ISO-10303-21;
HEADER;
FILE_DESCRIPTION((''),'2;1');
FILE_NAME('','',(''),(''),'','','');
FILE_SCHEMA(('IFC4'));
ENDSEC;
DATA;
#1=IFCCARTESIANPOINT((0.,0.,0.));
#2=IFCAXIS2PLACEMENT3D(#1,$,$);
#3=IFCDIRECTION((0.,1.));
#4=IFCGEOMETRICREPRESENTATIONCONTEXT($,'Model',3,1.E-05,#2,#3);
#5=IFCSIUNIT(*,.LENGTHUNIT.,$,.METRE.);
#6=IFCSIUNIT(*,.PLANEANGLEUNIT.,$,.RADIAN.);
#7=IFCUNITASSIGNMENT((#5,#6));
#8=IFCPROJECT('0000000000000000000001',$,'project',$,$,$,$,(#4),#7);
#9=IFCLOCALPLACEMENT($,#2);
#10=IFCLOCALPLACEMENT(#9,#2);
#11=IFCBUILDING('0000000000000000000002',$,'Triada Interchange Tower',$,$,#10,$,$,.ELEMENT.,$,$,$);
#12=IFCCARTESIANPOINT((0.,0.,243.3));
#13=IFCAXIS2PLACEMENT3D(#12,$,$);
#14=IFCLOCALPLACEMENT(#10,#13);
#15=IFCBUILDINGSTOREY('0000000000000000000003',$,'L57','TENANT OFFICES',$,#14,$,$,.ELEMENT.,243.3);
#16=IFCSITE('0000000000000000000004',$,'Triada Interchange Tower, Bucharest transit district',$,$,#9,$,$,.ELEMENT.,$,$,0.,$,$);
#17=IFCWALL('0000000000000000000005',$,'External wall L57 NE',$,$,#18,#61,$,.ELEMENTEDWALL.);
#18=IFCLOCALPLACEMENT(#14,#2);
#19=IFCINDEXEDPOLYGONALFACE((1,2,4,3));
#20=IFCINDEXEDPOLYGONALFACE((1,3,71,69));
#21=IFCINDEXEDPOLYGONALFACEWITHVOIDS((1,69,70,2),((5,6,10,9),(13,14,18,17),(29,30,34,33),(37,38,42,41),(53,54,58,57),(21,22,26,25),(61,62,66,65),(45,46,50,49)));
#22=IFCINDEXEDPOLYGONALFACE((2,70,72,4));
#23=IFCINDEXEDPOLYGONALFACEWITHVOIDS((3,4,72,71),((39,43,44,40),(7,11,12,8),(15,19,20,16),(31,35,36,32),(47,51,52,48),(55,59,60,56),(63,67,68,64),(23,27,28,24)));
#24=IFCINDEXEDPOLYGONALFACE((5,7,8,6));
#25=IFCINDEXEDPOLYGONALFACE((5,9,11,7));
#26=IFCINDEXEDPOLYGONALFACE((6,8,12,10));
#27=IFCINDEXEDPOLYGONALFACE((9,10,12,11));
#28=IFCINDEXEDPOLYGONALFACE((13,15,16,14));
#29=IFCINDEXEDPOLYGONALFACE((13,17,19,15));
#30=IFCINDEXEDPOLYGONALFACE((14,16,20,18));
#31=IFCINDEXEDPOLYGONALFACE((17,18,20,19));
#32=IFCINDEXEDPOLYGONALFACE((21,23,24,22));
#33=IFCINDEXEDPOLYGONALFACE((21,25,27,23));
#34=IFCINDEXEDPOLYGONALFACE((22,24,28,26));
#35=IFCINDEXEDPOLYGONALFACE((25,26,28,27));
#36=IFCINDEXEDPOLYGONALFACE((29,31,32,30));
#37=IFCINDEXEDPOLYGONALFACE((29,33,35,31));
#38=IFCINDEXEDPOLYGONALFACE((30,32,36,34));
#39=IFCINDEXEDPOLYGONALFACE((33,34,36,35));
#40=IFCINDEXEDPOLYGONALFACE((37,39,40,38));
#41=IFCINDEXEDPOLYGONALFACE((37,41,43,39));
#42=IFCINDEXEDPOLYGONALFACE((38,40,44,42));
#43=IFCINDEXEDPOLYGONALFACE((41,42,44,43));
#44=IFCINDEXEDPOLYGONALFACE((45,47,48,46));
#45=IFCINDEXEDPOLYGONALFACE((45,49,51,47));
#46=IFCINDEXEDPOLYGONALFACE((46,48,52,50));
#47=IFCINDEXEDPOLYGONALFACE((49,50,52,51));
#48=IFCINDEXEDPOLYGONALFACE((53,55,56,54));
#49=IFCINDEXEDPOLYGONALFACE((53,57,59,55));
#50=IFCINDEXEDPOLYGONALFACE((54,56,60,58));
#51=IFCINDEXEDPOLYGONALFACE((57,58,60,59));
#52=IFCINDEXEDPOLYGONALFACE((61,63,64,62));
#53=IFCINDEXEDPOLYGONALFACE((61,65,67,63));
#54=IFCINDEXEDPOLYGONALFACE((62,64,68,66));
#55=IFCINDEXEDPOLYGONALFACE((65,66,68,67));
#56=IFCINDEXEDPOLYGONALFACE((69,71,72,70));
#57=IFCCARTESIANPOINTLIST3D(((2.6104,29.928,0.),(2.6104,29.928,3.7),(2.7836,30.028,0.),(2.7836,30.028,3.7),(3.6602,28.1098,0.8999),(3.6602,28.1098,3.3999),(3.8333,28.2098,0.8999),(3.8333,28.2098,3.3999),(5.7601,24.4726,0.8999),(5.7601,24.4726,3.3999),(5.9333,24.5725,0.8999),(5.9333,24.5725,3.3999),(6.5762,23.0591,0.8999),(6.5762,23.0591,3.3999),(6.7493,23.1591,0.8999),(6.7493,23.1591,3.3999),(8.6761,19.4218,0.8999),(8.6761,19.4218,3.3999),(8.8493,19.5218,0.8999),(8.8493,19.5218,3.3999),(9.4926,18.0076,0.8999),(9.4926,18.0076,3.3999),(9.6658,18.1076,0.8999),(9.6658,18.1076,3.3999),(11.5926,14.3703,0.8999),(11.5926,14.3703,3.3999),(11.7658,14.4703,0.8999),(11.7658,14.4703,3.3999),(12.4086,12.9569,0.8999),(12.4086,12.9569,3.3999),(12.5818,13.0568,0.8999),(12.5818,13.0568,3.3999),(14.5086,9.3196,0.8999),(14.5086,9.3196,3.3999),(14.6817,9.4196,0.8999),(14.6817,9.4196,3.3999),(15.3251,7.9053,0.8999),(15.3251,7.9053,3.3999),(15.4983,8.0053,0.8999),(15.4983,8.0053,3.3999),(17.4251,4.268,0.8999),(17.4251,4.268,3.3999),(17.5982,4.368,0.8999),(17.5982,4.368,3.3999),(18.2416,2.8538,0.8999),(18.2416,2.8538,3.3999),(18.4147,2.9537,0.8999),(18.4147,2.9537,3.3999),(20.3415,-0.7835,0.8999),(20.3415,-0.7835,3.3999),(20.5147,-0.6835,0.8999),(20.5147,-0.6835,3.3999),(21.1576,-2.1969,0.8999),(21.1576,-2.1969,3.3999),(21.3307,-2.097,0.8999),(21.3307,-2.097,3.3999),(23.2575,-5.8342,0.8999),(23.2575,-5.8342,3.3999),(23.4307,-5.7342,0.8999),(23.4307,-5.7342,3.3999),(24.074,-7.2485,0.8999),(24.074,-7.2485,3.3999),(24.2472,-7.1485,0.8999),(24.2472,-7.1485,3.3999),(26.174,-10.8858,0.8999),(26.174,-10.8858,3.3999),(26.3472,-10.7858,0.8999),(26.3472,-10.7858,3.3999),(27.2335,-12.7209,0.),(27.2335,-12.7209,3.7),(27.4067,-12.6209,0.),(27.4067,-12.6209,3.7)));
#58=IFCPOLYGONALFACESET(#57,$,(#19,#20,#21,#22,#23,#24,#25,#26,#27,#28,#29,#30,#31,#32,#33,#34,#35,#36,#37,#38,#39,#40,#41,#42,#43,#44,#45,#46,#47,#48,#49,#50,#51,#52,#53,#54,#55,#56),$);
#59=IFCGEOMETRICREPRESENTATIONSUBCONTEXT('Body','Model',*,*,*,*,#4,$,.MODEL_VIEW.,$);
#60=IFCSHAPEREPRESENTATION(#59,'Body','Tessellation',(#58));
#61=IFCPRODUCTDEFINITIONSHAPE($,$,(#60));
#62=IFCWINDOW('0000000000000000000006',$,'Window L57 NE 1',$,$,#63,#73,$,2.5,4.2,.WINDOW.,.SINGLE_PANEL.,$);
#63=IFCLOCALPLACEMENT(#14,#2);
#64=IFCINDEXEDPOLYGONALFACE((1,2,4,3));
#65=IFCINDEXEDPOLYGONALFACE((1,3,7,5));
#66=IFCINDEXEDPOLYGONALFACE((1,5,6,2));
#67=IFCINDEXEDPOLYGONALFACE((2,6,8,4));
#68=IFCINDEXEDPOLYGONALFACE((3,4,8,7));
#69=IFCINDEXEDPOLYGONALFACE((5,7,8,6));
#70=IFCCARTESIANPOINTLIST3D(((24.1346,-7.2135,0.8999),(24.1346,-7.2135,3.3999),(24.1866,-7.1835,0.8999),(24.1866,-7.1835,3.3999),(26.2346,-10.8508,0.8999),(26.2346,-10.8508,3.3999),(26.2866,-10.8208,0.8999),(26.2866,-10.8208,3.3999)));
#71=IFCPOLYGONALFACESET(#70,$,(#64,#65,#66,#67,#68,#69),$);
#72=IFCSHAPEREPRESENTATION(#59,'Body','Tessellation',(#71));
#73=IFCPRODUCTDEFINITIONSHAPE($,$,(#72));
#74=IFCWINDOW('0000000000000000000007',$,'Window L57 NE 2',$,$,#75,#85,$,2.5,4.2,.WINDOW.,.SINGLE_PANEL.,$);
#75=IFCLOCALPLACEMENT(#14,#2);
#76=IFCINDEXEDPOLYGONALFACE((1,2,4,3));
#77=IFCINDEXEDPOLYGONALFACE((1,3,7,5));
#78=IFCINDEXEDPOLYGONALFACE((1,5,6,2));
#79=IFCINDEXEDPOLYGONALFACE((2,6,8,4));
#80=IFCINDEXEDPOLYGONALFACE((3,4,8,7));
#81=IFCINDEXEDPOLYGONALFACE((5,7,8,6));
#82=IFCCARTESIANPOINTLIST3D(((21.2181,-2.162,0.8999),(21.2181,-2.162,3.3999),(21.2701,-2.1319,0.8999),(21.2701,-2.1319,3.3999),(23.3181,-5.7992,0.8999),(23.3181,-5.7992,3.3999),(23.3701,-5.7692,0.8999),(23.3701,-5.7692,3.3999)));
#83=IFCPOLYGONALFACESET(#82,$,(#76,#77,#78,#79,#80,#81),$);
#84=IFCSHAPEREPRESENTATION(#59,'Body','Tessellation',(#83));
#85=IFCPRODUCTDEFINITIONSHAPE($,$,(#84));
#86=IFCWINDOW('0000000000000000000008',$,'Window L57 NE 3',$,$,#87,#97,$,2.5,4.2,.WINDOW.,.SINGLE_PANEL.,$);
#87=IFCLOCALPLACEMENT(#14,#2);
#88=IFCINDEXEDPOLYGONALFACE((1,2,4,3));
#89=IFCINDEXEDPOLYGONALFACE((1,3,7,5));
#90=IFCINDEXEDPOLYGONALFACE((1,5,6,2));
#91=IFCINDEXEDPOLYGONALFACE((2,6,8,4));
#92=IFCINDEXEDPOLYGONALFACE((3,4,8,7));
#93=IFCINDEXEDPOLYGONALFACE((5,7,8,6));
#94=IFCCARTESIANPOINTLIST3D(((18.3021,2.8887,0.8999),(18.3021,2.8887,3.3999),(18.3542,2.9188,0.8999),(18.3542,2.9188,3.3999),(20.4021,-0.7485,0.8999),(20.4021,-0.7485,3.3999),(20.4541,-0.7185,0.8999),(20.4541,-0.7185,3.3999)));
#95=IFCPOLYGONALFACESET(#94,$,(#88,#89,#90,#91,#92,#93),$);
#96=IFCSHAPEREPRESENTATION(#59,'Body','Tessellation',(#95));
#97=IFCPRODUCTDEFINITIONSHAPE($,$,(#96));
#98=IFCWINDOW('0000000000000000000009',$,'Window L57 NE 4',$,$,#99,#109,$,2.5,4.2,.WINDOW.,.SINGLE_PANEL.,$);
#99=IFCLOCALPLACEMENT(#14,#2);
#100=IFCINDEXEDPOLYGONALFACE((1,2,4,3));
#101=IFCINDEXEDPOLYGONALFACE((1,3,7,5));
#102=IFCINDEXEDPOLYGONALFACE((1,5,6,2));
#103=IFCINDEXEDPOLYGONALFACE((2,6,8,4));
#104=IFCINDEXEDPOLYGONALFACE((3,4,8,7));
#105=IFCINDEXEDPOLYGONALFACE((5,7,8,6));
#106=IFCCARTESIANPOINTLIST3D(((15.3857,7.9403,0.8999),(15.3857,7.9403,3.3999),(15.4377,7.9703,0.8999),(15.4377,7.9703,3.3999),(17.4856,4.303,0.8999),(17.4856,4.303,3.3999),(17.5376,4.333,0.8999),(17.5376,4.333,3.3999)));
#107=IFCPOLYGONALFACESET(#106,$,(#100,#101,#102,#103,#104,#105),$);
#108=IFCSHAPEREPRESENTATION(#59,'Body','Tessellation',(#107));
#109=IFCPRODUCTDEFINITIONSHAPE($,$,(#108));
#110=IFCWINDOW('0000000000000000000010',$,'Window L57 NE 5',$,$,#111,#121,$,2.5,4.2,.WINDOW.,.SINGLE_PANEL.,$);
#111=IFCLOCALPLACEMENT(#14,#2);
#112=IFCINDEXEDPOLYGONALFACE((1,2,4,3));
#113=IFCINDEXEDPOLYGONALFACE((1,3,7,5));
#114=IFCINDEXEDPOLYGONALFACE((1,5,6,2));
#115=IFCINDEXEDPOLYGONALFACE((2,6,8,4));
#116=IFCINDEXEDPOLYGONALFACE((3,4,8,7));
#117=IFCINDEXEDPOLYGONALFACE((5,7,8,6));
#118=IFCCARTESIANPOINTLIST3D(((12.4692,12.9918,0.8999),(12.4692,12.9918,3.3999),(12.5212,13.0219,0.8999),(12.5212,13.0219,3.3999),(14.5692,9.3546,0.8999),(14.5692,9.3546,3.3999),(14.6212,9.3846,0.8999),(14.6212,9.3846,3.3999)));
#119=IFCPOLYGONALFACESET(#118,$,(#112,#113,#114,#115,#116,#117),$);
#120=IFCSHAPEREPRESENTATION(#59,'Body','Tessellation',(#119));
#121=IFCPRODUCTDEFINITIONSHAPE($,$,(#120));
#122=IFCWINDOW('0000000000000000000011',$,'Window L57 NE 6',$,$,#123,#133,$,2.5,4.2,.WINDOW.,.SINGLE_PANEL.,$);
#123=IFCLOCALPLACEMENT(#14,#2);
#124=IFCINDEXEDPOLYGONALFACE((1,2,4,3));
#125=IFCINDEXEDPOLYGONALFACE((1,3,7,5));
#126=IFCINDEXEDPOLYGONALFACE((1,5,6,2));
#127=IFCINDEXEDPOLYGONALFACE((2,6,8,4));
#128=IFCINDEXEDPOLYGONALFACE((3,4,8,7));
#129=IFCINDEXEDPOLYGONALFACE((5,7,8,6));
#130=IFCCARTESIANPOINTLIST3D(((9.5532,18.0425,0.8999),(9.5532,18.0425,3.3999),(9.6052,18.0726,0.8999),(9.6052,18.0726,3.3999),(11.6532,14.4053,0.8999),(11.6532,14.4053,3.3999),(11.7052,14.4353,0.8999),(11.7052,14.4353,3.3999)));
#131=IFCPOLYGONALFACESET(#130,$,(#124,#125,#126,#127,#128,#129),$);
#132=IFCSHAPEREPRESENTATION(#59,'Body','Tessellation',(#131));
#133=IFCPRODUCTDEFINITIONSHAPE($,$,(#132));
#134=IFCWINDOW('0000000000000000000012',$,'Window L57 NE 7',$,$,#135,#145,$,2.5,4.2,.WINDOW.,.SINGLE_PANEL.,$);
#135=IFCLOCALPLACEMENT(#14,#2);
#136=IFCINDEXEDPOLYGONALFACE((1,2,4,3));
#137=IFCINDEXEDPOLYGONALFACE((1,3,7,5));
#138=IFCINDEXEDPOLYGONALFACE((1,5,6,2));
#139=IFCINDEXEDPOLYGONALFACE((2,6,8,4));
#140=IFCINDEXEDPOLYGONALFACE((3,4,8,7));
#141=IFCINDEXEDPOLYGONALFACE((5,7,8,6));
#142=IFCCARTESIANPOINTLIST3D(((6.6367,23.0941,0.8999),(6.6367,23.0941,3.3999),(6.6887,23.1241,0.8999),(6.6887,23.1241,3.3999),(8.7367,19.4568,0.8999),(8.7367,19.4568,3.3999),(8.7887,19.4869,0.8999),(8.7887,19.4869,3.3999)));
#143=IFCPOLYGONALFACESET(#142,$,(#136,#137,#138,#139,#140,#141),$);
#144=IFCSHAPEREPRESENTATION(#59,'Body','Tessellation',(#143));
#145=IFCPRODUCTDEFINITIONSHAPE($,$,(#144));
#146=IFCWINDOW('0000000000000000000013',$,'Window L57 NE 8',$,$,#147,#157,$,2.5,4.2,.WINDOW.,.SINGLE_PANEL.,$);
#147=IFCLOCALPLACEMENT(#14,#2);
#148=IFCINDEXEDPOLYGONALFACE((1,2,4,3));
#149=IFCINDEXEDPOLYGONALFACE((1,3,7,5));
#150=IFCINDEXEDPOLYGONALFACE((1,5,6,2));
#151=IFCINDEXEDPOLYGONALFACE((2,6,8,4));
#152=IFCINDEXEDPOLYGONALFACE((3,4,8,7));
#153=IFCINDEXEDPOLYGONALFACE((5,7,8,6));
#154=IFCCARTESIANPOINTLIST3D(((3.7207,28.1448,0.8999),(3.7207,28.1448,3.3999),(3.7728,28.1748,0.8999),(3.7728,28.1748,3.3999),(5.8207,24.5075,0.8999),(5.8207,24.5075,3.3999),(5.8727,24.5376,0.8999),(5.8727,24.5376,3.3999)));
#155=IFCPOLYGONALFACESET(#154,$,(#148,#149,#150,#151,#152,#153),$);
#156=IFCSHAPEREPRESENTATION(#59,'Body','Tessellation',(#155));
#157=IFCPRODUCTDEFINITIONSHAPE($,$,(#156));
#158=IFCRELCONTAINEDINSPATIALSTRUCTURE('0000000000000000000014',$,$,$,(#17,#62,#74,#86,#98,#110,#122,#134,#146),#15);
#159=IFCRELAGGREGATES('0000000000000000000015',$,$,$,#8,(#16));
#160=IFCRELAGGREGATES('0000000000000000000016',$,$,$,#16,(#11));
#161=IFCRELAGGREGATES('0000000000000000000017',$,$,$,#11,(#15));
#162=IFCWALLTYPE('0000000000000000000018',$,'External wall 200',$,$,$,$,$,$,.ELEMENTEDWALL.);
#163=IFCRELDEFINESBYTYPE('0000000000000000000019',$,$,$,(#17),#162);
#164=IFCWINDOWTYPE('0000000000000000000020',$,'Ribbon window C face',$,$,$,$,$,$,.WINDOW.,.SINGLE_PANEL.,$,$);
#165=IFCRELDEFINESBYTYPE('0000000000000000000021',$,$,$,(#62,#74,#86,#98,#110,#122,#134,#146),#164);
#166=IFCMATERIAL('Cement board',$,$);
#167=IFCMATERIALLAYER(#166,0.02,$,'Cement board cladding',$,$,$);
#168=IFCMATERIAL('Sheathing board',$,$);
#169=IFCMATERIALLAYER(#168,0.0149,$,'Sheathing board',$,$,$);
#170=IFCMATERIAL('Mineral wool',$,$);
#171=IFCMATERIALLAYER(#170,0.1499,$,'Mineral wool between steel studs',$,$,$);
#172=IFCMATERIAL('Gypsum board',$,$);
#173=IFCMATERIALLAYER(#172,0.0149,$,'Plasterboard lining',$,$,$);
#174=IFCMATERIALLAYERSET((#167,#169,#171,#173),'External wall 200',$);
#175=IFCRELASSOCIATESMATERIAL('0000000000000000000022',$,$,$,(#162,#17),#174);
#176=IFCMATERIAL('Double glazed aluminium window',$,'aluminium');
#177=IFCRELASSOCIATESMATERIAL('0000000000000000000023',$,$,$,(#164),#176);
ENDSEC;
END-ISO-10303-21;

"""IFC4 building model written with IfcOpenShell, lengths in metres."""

from ifc_helpers import new_model, si_unit, direction, frame, frame_2d, origin, place, context, subcontext, project, spatial, rectangle, extrude, material, layer, layer_set, layer_usage, type_object, element, fill, save


model = new_model("IFC4")

# Units and contexts
model_context = context("Model", 3, precision=1e-05, world=origin(), true_north=direction((0.0, 1.0)))
body_context = subcontext(model_context, "Body", "Model", "MODEL_VIEW")
ifc_project = project(units=[si_unit("LENGTHUNIT", "METRE"), si_unit("PLANEANGLEUNIT", "RADIAN")], contexts=[model_context])

# Site, building, storey
site_placement = place(None, origin())
site = spatial("IfcSite", under=ifc_project, at=site_placement, Name="Triada Interchange Tower, Bucharest transit district", CompositionType="ELEMENT", RefElevation=0.0)
building_placement = place(site_placement, origin())
building = spatial("IfcBuilding", under=site, at=building_placement, Name="Triada Interchange Tower", CompositionType="ELEMENT")
storey_placement = place(building_placement, frame((0.0, 0.0, 243.3)))
storey = spatial("IfcBuildingStorey", under=building, at=storey_placement, Name="L57", Description="TENANT OFFICES", CompositionType="ELEMENT", Elevation=243.3)

# Shared definitions
ifc_material_1 = material(Name="Cement board")
ifc_layer_1 = layer(ifc_material_1, 0.02, Name="Cement board cladding")
ifc_material_2 = material(Name="Sheathing board")
ifc_layer_2 = layer(ifc_material_2, 0.0149, Name="Sheathing board")
ifc_material_3 = material(Name="Mineral wool")
ifc_layer_3 = layer(ifc_material_3, 0.1499, Name="Mineral wool between steel studs")
ifc_material_4 = material(Name="Gypsum board")
ifc_layer_4 = layer(ifc_material_4, 0.0149, Name="Plasterboard lining")
ifc_layer_set_1 = layer_set([ifc_layer_1, ifc_layer_2, ifc_layer_3, ifc_layer_4], Name="External wall 200")
ifc_layer_usage = layer_usage(ifc_layer_set_1, "AXIS2", "POSITIVE", -0.1001)
wall_type_1 = type_object("IfcWallType", Name="External wall 200", PredefinedType="ELEMENTEDWALL", material=ifc_layer_set_1)
ifc_material_5 = material(Name="Double glazed aluminium window", Category="aluminium")

# Wall, openings, windows
wall_1_placement = place(storey_placement, frame((27.3201, -12.6709, 0.0), z_axis=(0.0, 0.0, 1.0), x_axis=(-0.499995, 0.866028, 0.0)))
wall_1 = element("IfcWall", 1, at=wall_1_placement, inside=storey, type_object=wall_type_1, material=ifc_layer_usage, Name="External wall L57 NE", PredefinedType="ELEMENTEDWALL", context=body_context, shape_type="SweptSolid", body=[
    extrude(rectangle(XDim=49.2466, YDim=0.2, at=frame_2d((24.6233, 0.0))), origin(), (0.0, 0.0, 1.0), 3.7),
])
opening_1_placement = place(wall_1_placement, frame((2.1189, 0.0, 0.8999)))
opening_1 = element("IfcOpeningElement", 2, at=opening_1_placement, cuts=wall_1, PredefinedType="OPENING", context=body_context, shape_type="SweptSolid", body=[
    extrude(rectangle(XDim=4.2, YDim=2.5, at=frame_2d((2.1001, 1.25))), frame((0.0, 0.1099, 0.0), z_axis=(0.0, -1.0, 0.0), x_axis=(1.0, 0.0, 0.0)), (0.0, 0.0, 1.0), 0.22),
])
opening_2_placement = place(wall_1_placement, frame((7.9519, 0.0, 0.8999)))
opening_2 = element("IfcOpeningElement", 3, at=opening_2_placement, cuts=wall_1, PredefinedType="OPENING", context=body_context, shape_type="SweptSolid", body=[
    extrude(rectangle(XDim=4.2, YDim=2.5, at=frame_2d((2.1001, 1.25))), frame((0.0, 0.1099, 0.0), z_axis=(0.0, -1.0, 0.0), x_axis=(1.0, 0.0, 0.0)), (0.0, 0.0, 1.0), 0.22),
])
opening_3_placement = place(wall_1_placement, frame((13.7839, 0.0, 0.8999)))
opening_3 = element("IfcOpeningElement", 4, at=opening_3_placement, cuts=wall_1, PredefinedType="OPENING", context=body_context, shape_type="SweptSolid", body=[
    extrude(rectangle(XDim=4.2, YDim=2.5, at=frame_2d((2.1001, 1.25))), frame((0.0, 0.1099, 0.0), z_axis=(0.0, -1.0, 0.0), x_axis=(1.0, 0.0, 0.0)), (0.0, 0.0, 1.0), 0.22),
])
opening_4_placement = place(wall_1_placement, frame((19.6169, 0.0, 0.8999)))
opening_4 = element("IfcOpeningElement", 5, at=opening_4_placement, cuts=wall_1, PredefinedType="OPENING", context=body_context, shape_type="SweptSolid", body=[
    extrude(rectangle(XDim=4.2, YDim=2.5, at=frame_2d((2.1001, 1.25))), frame((0.0, 0.1099, 0.0), z_axis=(0.0, -1.0, 0.0), x_axis=(1.0, 0.0, 0.0)), (0.0, 0.0, 1.0), 0.22),
])
opening_5_placement = place(wall_1_placement, frame((25.45, 0.0, 0.8999)))
opening_5 = element("IfcOpeningElement", 6, at=opening_5_placement, cuts=wall_1, PredefinedType="OPENING", context=body_context, shape_type="SweptSolid", body=[
    extrude(rectangle(XDim=4.2, YDim=2.5, at=frame_2d((2.1001, 1.25))), frame((0.0, 0.1099, 0.0), z_axis=(0.0, -1.0, 0.0), x_axis=(1.0, 0.0, 0.0)), (0.0, 0.0, 1.0), 0.22),
])
opening_6_placement = place(wall_1_placement, frame((31.282, 0.0, 0.8999)))
opening_6 = element("IfcOpeningElement", 7, at=opening_6_placement, cuts=wall_1, PredefinedType="OPENING", context=body_context, shape_type="SweptSolid", body=[
    extrude(rectangle(XDim=4.2, YDim=2.5, at=frame_2d((2.1001, 1.25))), frame((0.0, 0.1099, 0.0), z_axis=(0.0, -1.0, 0.0), x_axis=(1.0, 0.0, 0.0)), (0.0, 0.0, 1.0), 0.22),
])
opening_7_placement = place(wall_1_placement, frame((37.115, 0.0, 0.8999)))
opening_7 = element("IfcOpeningElement", 8, at=opening_7_placement, cuts=wall_1, PredefinedType="OPENING", context=body_context, shape_type="SweptSolid", body=[
    extrude(rectangle(XDim=4.2, YDim=2.5, at=frame_2d((2.1001, 1.25))), frame((0.0, 0.1099, 0.0), z_axis=(0.0, -1.0, 0.0), x_axis=(1.0, 0.0, 0.0)), (0.0, 0.0, 1.0), 0.22),
])
opening_8_placement = place(wall_1_placement, frame((42.947, 0.0, 0.8999)))
opening_8 = element("IfcOpeningElement", 9, at=opening_8_placement, cuts=wall_1, PredefinedType="OPENING", context=body_context, shape_type="SweptSolid", body=[
    extrude(rectangle(XDim=4.2, YDim=2.5, at=frame_2d((2.1001, 1.25))), frame((0.0, 0.1099, 0.0), z_axis=(0.0, -1.0, 0.0), x_axis=(1.0, 0.0, 0.0)), (0.0, 0.0, 1.0), 0.22),
])
window_type_1 = type_object("IfcWindowType", Name="Ribbon window C face", PartitioningType="SINGLE_PANEL", PredefinedType="WINDOW", material=ifc_material_5)
window_1_placement = place(opening_1_placement, origin())
window_1 = element("IfcWindow", 10, at=window_1_placement, inside=storey, type_object=window_type_1, Name="Window L57 NE 1", OverallHeight=2.5, OverallWidth=4.2, PartitioningType="SINGLE_PANEL", PredefinedType="WINDOW", context=body_context, shape_type="SweptSolid", body=[
    extrude(rectangle(XDim=4.2, YDim=2.5, at=frame_2d((2.1001, 1.25))), frame((0.0, 0.03, 0.0), z_axis=(0.0, -1.0, 0.0), x_axis=(1.0, 0.0, 0.0)), (0.0, 0.0, 1.0), 0.0601),
])
fill(opening_1, window_1)
window_2_placement = place(opening_2_placement, origin())
window_2 = element("IfcWindow", 11, at=window_2_placement, inside=storey, type_object=window_type_1, Name="Window L57 NE 2", OverallHeight=2.5, OverallWidth=4.2, PartitioningType="SINGLE_PANEL", PredefinedType="WINDOW", context=body_context, shape_type="SweptSolid", body=[
    extrude(rectangle(XDim=4.2, YDim=2.5, at=frame_2d((2.1001, 1.25))), frame((0.0, 0.03, 0.0), z_axis=(0.0, -1.0, 0.0), x_axis=(1.0, 0.0, 0.0)), (0.0, 0.0, 1.0), 0.0601),
])
fill(opening_2, window_2)
window_3_placement = place(opening_3_placement, origin())
window_3 = element("IfcWindow", 12, at=window_3_placement, inside=storey, type_object=window_type_1, Name="Window L57 NE 3", OverallHeight=2.5, OverallWidth=4.2, PartitioningType="SINGLE_PANEL", PredefinedType="WINDOW", context=body_context, shape_type="SweptSolid", body=[
    extrude(rectangle(XDim=4.2, YDim=2.5, at=frame_2d((2.1001, 1.25))), frame((0.0, 0.03, 0.0), z_axis=(0.0, -1.0, 0.0), x_axis=(1.0, 0.0, 0.0)), (0.0, 0.0, 1.0), 0.0601),
])
fill(opening_3, window_3)
window_4_placement = place(opening_4_placement, origin())
window_4 = element("IfcWindow", 13, at=window_4_placement, inside=storey, type_object=window_type_1, Name="Window L57 NE 4", OverallHeight=2.5, OverallWidth=4.2, PartitioningType="SINGLE_PANEL", PredefinedType="WINDOW", context=body_context, shape_type="SweptSolid", body=[
    extrude(rectangle(XDim=4.2, YDim=2.5, at=frame_2d((2.1001, 1.25))), frame((0.0, 0.03, 0.0), z_axis=(0.0, -1.0, 0.0), x_axis=(1.0, 0.0, 0.0)), (0.0, 0.0, 1.0), 0.0601),
])
fill(opening_4, window_4)
window_5_placement = place(opening_5_placement, origin())
window_5 = element("IfcWindow", 14, at=window_5_placement, inside=storey, type_object=window_type_1, Name="Window L57 NE 5", OverallHeight=2.5, OverallWidth=4.2, PartitioningType="SINGLE_PANEL", PredefinedType="WINDOW", context=body_context, shape_type="SweptSolid", body=[
    extrude(rectangle(XDim=4.2, YDim=2.5, at=frame_2d((2.1001, 1.25))), frame((0.0, 0.03, 0.0), z_axis=(0.0, -1.0, 0.0), x_axis=(1.0, 0.0, 0.0)), (0.0, 0.0, 1.0), 0.0601),
])
fill(opening_5, window_5)
window_6_placement = place(opening_6_placement, origin())
window_6 = element("IfcWindow", 15, at=window_6_placement, inside=storey, type_object=window_type_1, Name="Window L57 NE 6", OverallHeight=2.5, OverallWidth=4.2, PartitioningType="SINGLE_PANEL", PredefinedType="WINDOW", context=body_context, shape_type="SweptSolid", body=[
    extrude(rectangle(XDim=4.2, YDim=2.5, at=frame_2d((2.1001, 1.25))), frame((0.0, 0.03, 0.0), z_axis=(0.0, -1.0, 0.0), x_axis=(1.0, 0.0, 0.0)), (0.0, 0.0, 1.0), 0.0601),
])
fill(opening_6, window_6)
window_7_placement = place(opening_7_placement, origin())
window_7 = element("IfcWindow", 16, at=window_7_placement, inside=storey, type_object=window_type_1, Name="Window L57 NE 7", OverallHeight=2.5, OverallWidth=4.2, PartitioningType="SINGLE_PANEL", PredefinedType="WINDOW", context=body_context, shape_type="SweptSolid", body=[
    extrude(rectangle(XDim=4.2, YDim=2.5, at=frame_2d((2.1001, 1.25))), frame((0.0, 0.03, 0.0), z_axis=(0.0, -1.0, 0.0), x_axis=(1.0, 0.0, 0.0)), (0.0, 0.0, 1.0), 0.0601),
])
fill(opening_7, window_7)
window_8_placement = place(opening_8_placement, origin())
window_8 = element("IfcWindow", 17, at=window_8_placement, inside=storey, type_object=window_type_1, Name="Window L57 NE 8", OverallHeight=2.5, OverallWidth=4.2, PartitioningType="SINGLE_PANEL", PredefinedType="WINDOW", context=body_context, shape_type="SweptSolid", body=[
    extrude(rectangle(XDim=4.2, YDim=2.5, at=frame_2d((2.1001, 1.25))), frame((0.0, 0.03, 0.0), z_axis=(0.0, -1.0, 0.0), x_axis=(1.0, 0.0, 0.0)), (0.0, 0.0, 1.0), 0.0601),
])
fill(opening_8, window_8)

save(model, "model.ifc")
